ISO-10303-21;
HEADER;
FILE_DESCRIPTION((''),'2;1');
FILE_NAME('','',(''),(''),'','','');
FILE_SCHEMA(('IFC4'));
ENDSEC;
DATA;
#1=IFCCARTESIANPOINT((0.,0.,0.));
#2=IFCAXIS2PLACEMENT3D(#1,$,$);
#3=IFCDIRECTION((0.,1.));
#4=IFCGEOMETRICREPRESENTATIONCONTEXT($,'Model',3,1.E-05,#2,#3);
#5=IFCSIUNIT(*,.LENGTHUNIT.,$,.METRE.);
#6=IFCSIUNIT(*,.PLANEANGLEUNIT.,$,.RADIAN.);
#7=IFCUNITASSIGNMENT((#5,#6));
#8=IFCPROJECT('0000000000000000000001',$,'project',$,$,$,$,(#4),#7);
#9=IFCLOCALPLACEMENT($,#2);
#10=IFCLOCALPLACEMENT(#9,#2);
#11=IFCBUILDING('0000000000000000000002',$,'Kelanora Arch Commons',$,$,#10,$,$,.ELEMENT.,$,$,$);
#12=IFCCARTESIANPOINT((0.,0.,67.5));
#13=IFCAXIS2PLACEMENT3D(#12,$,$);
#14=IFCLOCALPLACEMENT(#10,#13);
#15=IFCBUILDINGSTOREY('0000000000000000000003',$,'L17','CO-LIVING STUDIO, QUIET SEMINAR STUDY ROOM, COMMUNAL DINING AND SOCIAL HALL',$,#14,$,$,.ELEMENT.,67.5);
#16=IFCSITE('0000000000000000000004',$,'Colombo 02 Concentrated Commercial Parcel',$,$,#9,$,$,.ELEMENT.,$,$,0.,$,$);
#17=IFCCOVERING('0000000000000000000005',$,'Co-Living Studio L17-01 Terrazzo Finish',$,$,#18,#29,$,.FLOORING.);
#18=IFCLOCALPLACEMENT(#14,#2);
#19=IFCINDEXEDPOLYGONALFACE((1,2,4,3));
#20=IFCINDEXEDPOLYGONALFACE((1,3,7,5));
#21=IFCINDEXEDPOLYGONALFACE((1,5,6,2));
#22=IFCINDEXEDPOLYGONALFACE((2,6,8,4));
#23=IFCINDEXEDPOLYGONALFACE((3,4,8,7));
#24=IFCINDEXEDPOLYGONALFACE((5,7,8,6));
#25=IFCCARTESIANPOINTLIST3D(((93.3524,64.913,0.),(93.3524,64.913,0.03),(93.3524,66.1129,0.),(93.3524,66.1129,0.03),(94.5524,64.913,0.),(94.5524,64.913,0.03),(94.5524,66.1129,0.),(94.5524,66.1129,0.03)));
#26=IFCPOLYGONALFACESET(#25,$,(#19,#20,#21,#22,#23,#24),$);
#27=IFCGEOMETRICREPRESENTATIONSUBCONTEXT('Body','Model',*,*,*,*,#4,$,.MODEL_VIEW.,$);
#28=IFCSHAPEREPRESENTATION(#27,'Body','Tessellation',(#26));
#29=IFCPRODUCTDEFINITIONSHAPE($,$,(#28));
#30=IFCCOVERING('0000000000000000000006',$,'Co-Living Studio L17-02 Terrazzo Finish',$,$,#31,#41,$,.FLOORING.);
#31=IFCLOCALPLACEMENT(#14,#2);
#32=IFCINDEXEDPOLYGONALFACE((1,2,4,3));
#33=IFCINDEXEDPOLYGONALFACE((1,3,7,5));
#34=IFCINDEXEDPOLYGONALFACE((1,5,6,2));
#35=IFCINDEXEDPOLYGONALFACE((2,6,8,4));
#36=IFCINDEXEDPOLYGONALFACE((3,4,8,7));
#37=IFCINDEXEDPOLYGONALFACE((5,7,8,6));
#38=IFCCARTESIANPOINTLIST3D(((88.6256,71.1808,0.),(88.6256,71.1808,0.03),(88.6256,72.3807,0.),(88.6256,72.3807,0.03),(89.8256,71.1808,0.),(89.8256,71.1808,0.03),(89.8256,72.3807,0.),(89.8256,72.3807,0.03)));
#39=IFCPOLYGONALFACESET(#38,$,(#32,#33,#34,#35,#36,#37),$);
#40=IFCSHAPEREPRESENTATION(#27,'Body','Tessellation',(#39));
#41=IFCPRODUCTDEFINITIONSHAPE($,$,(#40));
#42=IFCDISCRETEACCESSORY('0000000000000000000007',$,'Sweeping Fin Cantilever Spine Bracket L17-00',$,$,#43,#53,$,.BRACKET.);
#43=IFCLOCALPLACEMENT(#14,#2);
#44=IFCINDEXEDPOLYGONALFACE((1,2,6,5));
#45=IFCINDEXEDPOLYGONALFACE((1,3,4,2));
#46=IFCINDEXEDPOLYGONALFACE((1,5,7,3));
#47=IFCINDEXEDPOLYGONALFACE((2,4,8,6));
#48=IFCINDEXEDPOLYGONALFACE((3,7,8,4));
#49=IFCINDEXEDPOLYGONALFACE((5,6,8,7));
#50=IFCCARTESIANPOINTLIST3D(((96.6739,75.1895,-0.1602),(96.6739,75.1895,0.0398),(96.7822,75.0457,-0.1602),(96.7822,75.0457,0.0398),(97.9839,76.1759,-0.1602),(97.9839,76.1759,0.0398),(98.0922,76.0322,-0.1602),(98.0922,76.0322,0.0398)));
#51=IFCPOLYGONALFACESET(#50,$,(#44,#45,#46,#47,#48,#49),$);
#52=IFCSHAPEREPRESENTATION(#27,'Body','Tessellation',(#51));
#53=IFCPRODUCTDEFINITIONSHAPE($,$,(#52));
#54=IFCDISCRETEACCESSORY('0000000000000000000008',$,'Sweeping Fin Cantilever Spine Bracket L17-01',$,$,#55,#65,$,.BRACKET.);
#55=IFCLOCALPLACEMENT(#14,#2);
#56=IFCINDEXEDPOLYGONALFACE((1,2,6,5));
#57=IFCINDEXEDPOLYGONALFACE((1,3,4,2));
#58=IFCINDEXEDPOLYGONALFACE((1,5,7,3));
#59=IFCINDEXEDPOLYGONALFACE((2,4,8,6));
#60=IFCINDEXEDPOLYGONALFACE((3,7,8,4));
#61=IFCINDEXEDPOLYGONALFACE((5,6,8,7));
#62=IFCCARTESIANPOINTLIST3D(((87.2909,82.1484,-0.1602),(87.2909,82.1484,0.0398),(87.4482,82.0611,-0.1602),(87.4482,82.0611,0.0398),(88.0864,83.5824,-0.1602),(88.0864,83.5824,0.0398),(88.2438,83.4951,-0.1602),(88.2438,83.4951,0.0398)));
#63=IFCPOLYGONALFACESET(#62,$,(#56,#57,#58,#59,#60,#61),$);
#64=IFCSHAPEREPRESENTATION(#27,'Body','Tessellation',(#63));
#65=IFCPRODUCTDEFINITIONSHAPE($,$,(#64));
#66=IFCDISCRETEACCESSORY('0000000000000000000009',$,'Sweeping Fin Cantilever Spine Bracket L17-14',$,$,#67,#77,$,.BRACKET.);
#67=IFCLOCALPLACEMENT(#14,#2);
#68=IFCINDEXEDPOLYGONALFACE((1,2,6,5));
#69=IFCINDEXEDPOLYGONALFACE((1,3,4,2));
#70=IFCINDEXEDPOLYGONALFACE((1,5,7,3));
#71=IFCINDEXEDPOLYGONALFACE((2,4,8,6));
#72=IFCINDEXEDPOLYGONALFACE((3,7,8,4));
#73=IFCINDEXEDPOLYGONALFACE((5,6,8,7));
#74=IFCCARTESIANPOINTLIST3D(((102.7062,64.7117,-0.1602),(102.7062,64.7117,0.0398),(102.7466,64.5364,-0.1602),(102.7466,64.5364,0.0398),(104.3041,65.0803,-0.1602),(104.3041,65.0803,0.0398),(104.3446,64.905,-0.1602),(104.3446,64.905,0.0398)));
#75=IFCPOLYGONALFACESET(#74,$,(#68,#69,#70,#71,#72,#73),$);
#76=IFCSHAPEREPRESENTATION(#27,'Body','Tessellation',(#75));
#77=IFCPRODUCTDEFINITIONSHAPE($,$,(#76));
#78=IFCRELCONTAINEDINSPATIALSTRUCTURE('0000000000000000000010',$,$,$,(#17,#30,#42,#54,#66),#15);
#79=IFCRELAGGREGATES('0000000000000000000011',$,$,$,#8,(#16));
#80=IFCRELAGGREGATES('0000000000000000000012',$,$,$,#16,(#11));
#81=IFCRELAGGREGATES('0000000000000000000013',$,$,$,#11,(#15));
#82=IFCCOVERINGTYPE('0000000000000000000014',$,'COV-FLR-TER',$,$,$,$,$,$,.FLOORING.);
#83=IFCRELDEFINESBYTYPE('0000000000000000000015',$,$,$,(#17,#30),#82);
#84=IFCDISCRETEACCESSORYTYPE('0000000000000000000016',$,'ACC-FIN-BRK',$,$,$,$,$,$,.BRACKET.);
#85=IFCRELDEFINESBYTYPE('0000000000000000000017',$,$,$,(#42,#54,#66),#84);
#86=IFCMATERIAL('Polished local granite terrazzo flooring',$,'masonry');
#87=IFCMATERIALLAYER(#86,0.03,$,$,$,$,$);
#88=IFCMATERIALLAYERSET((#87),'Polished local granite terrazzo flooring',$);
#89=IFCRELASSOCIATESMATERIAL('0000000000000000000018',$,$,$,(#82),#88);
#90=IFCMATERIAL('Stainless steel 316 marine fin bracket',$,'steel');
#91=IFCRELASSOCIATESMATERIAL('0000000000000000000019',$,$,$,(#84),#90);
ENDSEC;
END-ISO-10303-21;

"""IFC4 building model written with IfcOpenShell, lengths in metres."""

from ifc_helpers import new_model, si_unit, direction, frame, origin, origin_2d, place, context, subcontext, project, spatial, rectangle, extrude, source, transform, mapped, material, layer, layer_set, type_object, element, save


model = new_model("IFC4")

# Units and contexts
model_context = context("Model", 3, precision=1e-05, world=origin(), true_north=direction((0.0, 1.0)))
body_context = subcontext(model_context, "Body", "Model", "MODEL_VIEW")
ifc_project = project(units=[si_unit("LENGTHUNIT", "METRE"), si_unit("PLANEANGLEUNIT", "RADIAN")], contexts=[model_context])

# Site, building, storey
site_placement = place(None, origin())
site = spatial("IfcSite", under=ifc_project, at=site_placement, Name="Colombo 02 Concentrated Commercial Parcel", CompositionType="ELEMENT", RefElevation=0.0)
building_placement = place(site_placement, origin())
building = spatial("IfcBuilding", under=site, at=building_placement, Name="Kelanora Arch Commons", CompositionType="ELEMENT")
storey_placement = place(building_placement, frame((0.0, 0.0, 67.5)))
storey = spatial("IfcBuildingStorey", under=building, at=storey_placement, Name="L17", Description="CO-LIVING STUDIO, QUIET SEMINAR STUDY ROOM, COMMUNAL DINING AND SOCIAL HALL", CompositionType="ELEMENT", Elevation=67.5)

# Coverings
ifc_material_1 = material(Name="Polished local granite terrazzo flooring", Category="masonry")
ifc_layer_1 = layer(ifc_material_1, 0.03)
ifc_layer_set_1 = layer_set([ifc_layer_1], Name="Polished local granite terrazzo flooring")
covering_type = type_object("IfcCoveringType", Name="COV-FLR-TER", PredefinedType="FLOORING", material=ifc_layer_set_1)
shared_shape_1 = source(origin(), body_context, "Body", "SweptSolid", [
    extrude(rectangle(XDim=1.2, YDim=1.2, at=origin_2d()), origin(), (0.0, 0.0, 1.0), 0.03),
])
for number, where, z_axis, x_axis, name in (
    (1, (93.9524, 65.5129, 0.0), (0.0, 0.0, 1.0), (1.0, 0.0, 0.0), "Co-Living Studio L17-01 Terrazzo Finish"),
    (2, (89.2256, 71.7808, 0.0), (0.0, 0.0, 1.0), (1.0, 0.0, 0.0), "Co-Living Studio L17-02 Terrazzo Finish"),
):
    element("IfcCovering", number, at=place(storey_placement, frame(where, z_axis=z_axis, x_axis=x_axis)), inside=storey, type_object=covering_type, Name=name, PredefinedType="FLOORING", context=body_context, shape_type="MappedRepresentation", body=[
        mapped(shared_shape_1, transform((0.0, 0.0, 0.0), scale=1.0)),
    ])

# Discrete accessories
ifc_material_2 = material(Name="Stainless steel 316 marine fin bracket", Category="steel")
discrete_accessory_type = type_object("IfcDiscreteAccessoryType", Name="ACC-FIN-BRK", PredefinedType="BRACKET", material=ifc_material_2)
shared_shape_2 = source(origin(), body_context, "Body", "SweptSolid", [
    extrude(rectangle(XDim=1.6399, YDim=0.1799, at=origin_2d()), origin(), (0.0, 0.0, 1.0), 0.2),
])
for number, where, z_axis, x_axis, name in (
    (3, (97.3831, 75.6108, -0.1602), (0.0, 0.0, 1.0), (0.798846, 0.601536, 0.0), "Sweeping Fin Cantilever Spine Bracket L17-00"),
    (4, (87.7673, 82.8218, -0.1602), (0.0, 0.0, 1.0), (0.485115, 0.87445, 0.0), "Sweeping Fin Cantilever Spine Bracket L17-01"),
    (5, (103.5254, 64.8083, -0.1602), (0.0, 0.0, 1.0), (0.974409, 0.224781, 0.0), "Sweeping Fin Cantilever Spine Bracket L17-14"),
):
    element("IfcDiscreteAccessory", number, at=place(storey_placement, frame(where, z_axis=z_axis, x_axis=x_axis)), inside=storey, type_object=discrete_accessory_type, Name=name, PredefinedType="BRACKET", context=body_context, shape_type="MappedRepresentation", body=[
        mapped(shared_shape_2, transform((0.0, 0.0, 0.0), scale=1.0)),
    ])

save(model, "model.ifc")
